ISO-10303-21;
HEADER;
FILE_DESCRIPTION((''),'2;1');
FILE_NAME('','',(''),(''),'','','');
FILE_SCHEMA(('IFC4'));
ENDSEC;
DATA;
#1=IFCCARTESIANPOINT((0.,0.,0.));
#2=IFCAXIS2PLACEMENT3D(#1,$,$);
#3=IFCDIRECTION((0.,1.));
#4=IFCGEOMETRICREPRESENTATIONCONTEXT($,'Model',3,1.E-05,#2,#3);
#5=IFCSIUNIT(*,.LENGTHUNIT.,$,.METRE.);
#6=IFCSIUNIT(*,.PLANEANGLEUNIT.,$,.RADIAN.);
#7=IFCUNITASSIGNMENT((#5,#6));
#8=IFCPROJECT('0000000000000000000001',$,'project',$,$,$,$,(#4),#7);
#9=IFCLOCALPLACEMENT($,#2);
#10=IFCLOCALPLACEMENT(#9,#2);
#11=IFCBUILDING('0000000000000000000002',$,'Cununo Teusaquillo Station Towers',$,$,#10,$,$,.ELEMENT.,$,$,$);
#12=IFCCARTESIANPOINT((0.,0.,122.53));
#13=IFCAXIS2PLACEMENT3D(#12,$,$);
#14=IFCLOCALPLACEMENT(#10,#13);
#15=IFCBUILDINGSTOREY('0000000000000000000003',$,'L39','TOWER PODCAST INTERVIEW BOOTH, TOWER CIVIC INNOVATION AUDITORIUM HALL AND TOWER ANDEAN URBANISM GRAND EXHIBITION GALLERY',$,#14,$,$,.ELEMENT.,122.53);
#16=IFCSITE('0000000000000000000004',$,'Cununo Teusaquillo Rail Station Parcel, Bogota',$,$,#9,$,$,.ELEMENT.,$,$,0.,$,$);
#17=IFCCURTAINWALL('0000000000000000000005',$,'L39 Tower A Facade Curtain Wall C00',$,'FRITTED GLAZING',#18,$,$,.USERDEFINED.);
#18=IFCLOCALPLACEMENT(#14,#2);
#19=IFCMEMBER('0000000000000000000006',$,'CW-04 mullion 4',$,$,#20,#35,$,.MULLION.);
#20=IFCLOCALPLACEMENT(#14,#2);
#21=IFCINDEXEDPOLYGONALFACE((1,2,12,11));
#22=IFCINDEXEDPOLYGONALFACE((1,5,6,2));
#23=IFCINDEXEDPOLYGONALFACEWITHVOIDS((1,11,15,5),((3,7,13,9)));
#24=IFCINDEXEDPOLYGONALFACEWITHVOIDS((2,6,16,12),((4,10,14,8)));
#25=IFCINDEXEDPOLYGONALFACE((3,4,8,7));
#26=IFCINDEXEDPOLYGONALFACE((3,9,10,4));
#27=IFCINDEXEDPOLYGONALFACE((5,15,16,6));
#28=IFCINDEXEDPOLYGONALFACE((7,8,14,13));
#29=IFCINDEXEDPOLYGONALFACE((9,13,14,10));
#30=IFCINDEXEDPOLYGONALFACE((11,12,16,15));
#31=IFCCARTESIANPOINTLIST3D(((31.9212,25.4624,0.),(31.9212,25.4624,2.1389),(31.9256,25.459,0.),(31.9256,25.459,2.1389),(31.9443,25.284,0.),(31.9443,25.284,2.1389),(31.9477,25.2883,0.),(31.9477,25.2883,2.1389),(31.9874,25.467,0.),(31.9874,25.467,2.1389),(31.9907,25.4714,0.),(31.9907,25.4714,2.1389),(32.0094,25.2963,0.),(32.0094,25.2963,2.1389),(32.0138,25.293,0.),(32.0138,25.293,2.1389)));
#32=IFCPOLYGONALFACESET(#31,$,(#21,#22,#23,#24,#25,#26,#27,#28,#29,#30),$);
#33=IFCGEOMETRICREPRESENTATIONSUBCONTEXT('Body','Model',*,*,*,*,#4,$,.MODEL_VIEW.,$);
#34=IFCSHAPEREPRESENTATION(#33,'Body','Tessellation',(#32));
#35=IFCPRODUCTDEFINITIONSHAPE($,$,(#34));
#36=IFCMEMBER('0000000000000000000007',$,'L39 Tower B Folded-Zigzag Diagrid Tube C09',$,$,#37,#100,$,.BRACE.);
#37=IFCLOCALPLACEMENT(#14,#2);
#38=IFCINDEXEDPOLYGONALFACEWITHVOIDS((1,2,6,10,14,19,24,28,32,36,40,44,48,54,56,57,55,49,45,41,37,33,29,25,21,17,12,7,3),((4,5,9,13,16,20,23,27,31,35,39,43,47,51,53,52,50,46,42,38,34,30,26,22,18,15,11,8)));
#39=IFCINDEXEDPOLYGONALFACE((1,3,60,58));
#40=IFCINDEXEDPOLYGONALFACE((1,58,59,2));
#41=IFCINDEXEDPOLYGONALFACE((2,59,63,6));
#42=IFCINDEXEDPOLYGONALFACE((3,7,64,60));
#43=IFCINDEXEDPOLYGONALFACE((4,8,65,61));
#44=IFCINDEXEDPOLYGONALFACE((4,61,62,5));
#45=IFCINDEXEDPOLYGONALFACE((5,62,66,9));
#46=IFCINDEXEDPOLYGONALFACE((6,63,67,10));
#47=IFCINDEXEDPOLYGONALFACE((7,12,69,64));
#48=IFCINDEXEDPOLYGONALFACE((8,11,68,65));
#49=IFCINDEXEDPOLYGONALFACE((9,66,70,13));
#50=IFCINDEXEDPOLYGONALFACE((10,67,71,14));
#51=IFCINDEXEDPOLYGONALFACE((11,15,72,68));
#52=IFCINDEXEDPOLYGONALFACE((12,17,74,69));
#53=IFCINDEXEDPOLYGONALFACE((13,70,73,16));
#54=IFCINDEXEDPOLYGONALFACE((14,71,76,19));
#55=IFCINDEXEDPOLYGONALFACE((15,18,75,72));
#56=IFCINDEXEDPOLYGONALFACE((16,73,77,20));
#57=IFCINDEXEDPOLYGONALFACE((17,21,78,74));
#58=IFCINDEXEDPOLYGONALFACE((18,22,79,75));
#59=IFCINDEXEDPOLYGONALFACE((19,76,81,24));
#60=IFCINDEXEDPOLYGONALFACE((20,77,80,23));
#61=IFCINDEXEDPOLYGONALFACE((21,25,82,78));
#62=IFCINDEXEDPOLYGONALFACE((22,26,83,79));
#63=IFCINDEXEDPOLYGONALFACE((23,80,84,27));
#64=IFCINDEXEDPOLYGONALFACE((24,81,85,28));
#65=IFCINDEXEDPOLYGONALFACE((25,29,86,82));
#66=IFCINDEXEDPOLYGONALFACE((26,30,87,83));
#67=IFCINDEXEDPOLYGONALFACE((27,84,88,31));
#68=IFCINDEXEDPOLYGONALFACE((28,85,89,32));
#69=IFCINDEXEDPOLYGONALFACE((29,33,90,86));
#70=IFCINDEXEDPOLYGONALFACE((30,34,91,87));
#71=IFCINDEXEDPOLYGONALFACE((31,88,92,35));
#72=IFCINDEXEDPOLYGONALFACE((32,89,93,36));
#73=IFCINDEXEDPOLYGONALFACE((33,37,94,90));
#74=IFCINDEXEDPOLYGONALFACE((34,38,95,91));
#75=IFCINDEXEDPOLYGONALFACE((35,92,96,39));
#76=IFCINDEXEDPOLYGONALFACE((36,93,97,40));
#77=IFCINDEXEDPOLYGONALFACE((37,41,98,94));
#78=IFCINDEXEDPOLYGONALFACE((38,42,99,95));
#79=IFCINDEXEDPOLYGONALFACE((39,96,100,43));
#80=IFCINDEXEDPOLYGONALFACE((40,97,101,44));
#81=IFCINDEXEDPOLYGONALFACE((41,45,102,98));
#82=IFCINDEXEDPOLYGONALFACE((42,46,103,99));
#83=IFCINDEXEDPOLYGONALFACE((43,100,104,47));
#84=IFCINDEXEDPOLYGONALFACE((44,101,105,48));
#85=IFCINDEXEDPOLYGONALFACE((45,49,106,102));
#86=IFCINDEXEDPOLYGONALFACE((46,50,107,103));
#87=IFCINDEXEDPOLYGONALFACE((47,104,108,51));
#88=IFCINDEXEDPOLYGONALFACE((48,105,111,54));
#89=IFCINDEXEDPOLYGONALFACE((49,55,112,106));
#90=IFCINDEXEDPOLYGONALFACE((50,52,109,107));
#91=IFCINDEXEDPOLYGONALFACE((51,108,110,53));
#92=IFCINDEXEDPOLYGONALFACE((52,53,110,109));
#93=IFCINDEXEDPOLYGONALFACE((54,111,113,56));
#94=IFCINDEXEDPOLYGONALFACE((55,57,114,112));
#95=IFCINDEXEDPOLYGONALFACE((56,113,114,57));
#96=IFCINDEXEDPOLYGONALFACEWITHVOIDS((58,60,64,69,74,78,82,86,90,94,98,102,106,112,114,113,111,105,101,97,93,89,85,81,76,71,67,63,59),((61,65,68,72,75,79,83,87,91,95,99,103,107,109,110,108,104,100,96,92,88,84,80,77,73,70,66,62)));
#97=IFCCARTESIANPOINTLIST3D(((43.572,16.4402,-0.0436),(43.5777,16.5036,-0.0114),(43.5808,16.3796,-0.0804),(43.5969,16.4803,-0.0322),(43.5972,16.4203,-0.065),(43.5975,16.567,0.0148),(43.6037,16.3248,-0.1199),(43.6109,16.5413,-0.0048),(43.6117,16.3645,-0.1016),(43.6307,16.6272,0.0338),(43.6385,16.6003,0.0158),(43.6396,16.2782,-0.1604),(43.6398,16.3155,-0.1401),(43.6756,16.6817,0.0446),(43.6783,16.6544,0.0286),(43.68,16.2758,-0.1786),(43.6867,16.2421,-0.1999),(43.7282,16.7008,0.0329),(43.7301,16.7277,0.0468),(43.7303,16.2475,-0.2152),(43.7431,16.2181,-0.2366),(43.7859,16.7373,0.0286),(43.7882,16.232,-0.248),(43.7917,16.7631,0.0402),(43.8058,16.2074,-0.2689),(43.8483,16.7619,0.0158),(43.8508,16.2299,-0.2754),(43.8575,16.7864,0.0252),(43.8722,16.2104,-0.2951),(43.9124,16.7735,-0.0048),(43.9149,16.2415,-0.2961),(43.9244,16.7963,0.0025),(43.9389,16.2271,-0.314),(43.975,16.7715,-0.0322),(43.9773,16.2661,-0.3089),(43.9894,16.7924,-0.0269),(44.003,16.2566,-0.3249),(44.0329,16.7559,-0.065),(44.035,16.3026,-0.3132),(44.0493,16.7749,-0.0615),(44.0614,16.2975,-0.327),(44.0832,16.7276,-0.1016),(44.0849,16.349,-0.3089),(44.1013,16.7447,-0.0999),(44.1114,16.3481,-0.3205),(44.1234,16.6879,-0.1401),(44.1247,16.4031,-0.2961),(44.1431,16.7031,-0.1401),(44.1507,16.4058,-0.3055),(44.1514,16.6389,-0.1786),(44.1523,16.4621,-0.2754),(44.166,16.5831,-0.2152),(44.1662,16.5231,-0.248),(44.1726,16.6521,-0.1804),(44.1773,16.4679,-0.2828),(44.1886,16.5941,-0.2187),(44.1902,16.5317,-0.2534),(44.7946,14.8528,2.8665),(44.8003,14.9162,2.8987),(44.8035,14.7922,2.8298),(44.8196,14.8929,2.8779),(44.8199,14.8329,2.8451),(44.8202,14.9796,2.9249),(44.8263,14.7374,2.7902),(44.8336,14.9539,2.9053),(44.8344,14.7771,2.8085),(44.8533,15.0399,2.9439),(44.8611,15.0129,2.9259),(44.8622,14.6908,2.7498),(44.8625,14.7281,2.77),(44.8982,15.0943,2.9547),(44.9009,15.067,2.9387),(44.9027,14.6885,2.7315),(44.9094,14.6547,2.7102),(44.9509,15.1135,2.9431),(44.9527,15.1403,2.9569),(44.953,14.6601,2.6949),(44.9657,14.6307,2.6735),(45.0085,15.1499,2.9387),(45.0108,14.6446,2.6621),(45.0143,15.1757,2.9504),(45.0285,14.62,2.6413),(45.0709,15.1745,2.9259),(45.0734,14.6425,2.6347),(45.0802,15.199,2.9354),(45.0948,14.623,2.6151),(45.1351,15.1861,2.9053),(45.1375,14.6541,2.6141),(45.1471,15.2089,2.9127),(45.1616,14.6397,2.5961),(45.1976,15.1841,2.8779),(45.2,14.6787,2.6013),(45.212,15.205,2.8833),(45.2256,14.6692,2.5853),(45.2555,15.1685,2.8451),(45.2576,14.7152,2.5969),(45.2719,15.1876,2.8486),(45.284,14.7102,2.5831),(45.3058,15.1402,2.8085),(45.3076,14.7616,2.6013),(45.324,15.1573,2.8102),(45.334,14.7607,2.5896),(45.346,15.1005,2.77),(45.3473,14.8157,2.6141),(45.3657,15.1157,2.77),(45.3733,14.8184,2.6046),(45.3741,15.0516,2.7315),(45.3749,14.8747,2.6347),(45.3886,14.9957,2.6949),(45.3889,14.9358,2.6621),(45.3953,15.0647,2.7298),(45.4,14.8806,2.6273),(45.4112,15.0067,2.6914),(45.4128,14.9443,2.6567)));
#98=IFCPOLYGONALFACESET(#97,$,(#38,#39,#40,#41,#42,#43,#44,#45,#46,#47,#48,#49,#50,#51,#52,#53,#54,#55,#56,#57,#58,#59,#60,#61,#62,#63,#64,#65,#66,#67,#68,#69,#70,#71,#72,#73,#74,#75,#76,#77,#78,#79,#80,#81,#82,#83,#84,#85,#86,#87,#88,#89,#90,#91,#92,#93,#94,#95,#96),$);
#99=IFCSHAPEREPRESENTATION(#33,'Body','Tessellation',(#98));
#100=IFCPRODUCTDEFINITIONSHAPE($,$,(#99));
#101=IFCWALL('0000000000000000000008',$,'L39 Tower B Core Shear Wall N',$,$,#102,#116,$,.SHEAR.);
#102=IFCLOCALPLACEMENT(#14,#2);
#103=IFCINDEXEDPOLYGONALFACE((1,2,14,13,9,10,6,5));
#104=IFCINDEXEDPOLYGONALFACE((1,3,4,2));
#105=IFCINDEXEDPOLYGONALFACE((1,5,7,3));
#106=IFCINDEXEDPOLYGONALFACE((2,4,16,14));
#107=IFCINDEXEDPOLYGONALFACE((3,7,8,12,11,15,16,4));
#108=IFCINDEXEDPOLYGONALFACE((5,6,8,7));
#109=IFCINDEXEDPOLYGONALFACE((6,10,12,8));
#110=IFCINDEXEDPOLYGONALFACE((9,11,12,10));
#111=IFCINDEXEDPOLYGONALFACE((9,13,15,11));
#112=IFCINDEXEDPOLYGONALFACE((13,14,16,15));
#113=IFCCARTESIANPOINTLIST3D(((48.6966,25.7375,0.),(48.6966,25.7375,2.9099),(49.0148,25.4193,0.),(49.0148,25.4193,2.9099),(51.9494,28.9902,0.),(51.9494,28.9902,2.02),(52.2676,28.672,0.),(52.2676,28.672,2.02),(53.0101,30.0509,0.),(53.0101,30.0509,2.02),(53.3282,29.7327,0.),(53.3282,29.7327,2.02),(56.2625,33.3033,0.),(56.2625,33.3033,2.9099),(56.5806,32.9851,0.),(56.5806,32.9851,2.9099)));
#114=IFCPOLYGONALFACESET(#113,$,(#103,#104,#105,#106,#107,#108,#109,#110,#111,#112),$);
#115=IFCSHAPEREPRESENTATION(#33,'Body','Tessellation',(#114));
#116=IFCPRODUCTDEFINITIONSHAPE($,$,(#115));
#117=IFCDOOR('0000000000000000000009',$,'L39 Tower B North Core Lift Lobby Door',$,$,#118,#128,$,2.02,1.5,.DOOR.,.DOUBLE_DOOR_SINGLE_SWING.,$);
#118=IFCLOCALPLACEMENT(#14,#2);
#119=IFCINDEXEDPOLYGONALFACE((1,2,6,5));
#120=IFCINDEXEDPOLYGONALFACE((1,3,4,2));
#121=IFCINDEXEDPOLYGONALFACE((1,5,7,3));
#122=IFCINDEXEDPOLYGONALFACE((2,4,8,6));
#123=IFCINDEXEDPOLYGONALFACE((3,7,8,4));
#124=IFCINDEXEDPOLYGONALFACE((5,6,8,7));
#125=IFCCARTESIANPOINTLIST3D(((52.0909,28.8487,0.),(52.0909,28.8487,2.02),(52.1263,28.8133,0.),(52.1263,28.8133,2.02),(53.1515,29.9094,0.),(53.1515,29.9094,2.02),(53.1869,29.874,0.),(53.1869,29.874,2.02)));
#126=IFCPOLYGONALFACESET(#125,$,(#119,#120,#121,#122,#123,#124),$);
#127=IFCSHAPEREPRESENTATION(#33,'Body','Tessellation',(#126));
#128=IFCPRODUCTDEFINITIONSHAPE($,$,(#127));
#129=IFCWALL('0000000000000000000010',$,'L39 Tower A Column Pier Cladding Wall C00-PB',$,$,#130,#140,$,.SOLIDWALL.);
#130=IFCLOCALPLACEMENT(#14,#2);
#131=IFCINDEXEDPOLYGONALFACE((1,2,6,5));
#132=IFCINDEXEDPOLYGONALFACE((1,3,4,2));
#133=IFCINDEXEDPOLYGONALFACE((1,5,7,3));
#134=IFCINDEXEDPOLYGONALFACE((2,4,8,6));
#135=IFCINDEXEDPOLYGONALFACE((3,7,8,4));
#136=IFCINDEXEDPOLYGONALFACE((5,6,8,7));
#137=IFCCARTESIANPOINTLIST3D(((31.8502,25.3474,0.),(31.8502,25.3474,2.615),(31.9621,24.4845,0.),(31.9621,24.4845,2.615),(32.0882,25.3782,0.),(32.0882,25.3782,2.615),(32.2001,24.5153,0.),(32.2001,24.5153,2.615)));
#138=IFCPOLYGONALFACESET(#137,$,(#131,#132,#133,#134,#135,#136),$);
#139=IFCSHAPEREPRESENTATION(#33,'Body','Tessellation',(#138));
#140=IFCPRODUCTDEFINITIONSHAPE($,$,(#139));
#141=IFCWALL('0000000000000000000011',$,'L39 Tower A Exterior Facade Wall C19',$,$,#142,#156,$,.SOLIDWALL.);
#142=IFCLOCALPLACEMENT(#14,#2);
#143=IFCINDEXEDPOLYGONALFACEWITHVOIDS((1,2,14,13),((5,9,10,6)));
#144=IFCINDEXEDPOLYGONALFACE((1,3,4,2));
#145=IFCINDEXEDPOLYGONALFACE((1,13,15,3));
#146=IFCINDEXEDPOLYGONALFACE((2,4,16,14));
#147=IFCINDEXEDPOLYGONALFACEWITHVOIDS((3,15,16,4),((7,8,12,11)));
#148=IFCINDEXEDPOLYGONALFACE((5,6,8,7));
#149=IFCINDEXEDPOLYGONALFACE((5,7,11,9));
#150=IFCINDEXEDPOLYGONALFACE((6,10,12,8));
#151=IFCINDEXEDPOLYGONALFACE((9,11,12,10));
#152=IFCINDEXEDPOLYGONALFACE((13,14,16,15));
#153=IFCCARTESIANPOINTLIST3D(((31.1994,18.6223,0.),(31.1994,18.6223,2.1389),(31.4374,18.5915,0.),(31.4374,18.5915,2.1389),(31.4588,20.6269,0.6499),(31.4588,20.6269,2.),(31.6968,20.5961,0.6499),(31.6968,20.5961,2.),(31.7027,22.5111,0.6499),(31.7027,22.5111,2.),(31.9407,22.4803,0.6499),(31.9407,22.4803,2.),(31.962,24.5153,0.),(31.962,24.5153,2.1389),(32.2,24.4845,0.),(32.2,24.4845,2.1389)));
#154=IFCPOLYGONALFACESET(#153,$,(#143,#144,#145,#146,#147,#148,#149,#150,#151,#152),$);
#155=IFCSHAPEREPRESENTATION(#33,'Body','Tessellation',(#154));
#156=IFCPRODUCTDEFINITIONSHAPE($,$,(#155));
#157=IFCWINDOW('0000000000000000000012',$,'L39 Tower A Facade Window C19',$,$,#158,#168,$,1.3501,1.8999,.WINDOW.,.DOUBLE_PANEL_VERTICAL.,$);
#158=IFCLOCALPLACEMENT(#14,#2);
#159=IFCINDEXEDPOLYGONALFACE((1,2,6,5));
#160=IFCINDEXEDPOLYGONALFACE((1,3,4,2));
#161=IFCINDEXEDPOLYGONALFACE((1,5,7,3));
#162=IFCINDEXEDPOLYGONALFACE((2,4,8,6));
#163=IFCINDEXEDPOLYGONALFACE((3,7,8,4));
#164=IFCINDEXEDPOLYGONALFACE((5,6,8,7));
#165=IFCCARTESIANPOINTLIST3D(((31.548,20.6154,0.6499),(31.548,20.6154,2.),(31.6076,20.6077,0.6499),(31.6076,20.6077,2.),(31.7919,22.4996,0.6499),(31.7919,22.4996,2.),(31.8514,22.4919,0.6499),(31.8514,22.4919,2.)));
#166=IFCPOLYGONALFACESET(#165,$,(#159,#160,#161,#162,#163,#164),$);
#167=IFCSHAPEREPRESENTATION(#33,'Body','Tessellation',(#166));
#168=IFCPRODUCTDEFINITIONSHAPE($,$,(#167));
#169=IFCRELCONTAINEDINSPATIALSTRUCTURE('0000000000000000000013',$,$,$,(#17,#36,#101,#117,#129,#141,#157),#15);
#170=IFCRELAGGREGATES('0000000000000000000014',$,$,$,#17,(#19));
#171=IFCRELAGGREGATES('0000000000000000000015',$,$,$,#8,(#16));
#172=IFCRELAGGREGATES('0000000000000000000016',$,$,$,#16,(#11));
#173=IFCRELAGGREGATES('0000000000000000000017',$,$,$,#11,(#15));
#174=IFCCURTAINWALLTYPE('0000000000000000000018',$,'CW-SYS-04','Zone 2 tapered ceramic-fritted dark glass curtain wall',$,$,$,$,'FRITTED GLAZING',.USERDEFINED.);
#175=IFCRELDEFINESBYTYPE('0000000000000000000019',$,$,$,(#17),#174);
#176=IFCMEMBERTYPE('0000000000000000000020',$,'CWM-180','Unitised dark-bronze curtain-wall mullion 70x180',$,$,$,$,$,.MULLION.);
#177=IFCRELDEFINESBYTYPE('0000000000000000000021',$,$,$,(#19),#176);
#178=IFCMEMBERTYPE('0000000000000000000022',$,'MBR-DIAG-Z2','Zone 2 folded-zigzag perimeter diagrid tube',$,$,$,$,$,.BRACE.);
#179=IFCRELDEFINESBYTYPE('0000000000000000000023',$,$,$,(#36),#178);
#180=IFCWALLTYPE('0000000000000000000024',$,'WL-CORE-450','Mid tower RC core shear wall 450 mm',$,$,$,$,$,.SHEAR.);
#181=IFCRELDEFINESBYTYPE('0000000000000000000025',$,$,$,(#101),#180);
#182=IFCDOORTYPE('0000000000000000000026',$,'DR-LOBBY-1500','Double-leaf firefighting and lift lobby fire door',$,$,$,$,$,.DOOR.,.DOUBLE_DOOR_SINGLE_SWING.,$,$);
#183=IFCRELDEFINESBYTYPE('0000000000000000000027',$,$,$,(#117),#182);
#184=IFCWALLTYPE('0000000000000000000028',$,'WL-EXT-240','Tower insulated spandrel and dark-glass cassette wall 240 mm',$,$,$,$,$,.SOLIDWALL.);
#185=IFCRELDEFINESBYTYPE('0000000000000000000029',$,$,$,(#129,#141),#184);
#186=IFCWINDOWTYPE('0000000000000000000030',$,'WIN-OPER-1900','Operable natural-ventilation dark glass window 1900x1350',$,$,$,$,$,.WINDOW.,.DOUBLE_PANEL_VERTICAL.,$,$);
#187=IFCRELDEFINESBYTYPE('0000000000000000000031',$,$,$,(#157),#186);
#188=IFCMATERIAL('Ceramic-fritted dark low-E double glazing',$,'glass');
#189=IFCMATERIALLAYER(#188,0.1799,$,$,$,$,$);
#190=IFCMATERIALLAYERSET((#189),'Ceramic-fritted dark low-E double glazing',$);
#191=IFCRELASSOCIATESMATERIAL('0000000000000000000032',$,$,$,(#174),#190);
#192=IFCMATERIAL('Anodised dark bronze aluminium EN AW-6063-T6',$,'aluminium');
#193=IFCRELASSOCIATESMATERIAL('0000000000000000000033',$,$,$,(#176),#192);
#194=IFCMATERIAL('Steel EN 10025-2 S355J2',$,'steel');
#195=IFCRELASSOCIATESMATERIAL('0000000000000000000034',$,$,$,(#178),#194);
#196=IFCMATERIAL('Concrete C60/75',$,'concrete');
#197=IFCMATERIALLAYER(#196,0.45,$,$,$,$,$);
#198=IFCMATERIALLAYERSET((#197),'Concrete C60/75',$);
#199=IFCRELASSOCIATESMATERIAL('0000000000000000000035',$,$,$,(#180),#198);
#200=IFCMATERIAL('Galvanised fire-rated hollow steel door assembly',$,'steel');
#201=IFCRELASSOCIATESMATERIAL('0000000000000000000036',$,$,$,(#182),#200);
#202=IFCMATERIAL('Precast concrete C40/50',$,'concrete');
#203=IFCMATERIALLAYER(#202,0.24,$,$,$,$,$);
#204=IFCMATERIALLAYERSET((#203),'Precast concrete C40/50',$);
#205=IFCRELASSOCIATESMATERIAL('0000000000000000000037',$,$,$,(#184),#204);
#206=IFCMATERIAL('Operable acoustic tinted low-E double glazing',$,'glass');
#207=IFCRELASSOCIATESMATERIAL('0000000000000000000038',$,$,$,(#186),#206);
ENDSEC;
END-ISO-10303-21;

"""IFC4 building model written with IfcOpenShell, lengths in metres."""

from ifc_helpers import new_model, si_unit, direction, frame, frame_2d, origin, origin_2d, place, context, subcontext, project, spatial, rectangle, hollow_rectangle, hollow_circle, extrude, source, transform, mapped, material, layer, layer_set, material_profile, profile_set, type_object, element, fill, aggregate, save


model = new_model("IFC4")

# Units and contexts
model_context = context("Model", 3, precision=1e-05, world=origin(), true_north=direction((0.0, 1.0)))
body_context = subcontext(model_context, "Body", "Model", "MODEL_VIEW")
ifc_project = project(units=[si_unit("LENGTHUNIT", "METRE"), si_unit("PLANEANGLEUNIT", "RADIAN")], contexts=[model_context])

# Site, building, storey
site_placement = place(None, origin())
site = spatial("IfcSite", under=ifc_project, at=site_placement, Name="Cununo Teusaquillo Rail Station Parcel, Bogota", CompositionType="ELEMENT", RefElevation=0.0)
building_placement = place(site_placement, origin())
building = spatial("IfcBuilding", under=site, at=building_placement, Name="Cununo Teusaquillo Station Towers", CompositionType="ELEMENT")
storey_placement = place(building_placement, frame((0.0, 0.0, 122.53)))
storey = spatial("IfcBuildingStorey", under=building, at=storey_placement, Name="L39", Description="TOWER PODCAST INTERVIEW BOOTH, TOWER CIVIC INNOVATION AUDITORIUM HALL AND TOWER ANDEAN URBANISM GRAND EXHIBITION GALLERY", CompositionType="ELEMENT", Elevation=122.53)

# Curtain wall, member
ifc_material_1 = material(Name="Ceramic-fritted dark low-E double glazing", Category="glass")
ifc_layer_1 = layer(ifc_material_1, 0.1799)
ifc_layer_set_1 = layer_set([ifc_layer_1], Name="Ceramic-fritted dark low-E double glazing")
curtain_wall_type = type_object("IfcCurtainWallType", Name="CW-SYS-04", Description="Zone 2 tapered ceramic-fritted dark glass curtain wall", ElementType="FRITTED GLAZING", PredefinedType="USERDEFINED", material=ifc_layer_set_1)
curtain_wall_placement = place(storey_placement, origin())
curtain_wall = element("IfcCurtainWall", 1, at=curtain_wall_placement, inside=storey, type_object=curtain_wall_type, Name="L39 Tower A Facade Curtain Wall C00", ObjectType="FRITTED GLAZING", PredefinedType="USERDEFINED")
ifc_material_2 = material(Name="Anodised dark bronze aluminium EN AW-6063-T6", Category="aluminium")
ifc_material_profile_1 = material_profile(ifc_material_2, hollow_rectangle(XDim=0.0701, YDim=0.1799, WallThickness=0.0039, at=origin_2d()), Name="CW-MULL-70x180")
ifc_profile_set_1 = profile_set([ifc_material_profile_1], Name="Anodised dark bronze aluminium EN AW-6063-T6")
member_type_1 = type_object("IfcMemberType", Name="CWM-180", Description="Unitised dark-bronze curtain-wall mullion 70x180", PredefinedType="MULLION", material=ifc_profile_set_1)
member_1_placement = place(storey_placement, frame((31.9675, 25.3777, 0.0), z_axis=(0.0, 0.0, 1.0), x_axis=(0.991731, 0.128336, 0.0)))
member_1 = element("IfcMember", 2, at=member_1_placement, type_object=member_type_1, Name="CW-04 mullion 4", PredefinedType="MULLION", context=body_context, shape_type="SweptSolid", body=[
    extrude(hollow_rectangle(XDim=0.0701, YDim=0.1799, WallThickness=0.0039, at=origin_2d()), origin(), (0.0, 0.0, 1.0), 2.1389),
])
aggregate(curtain_wall, [member_1])

# Member
ifc_material_3 = material(Name="Steel EN 10025-2 S355J2", Category="steel")
ifc_material_profile_2 = material_profile(ifc_material_3, hollow_circle(Radius=0.3301, WallThickness=0.0249, at=origin_2d()), Name="CHS 660x25")
ifc_profile_set_2 = profile_set([ifc_material_profile_2], Name="Steel EN 10025-2 S355J2")
member_type_2 = type_object("IfcMemberType", Name="MBR-DIAG-Z2", Description="Zone 2 folded-zigzag perimeter diagrid tube", PredefinedType="BRACE", material=ifc_profile_set_2)
member_2_placement = place(storey_placement, frame((43.8816, 16.5017, -0.1401), z_axis=(0.346044, -0.449277, 0.823652), x_axis=(0.792243, 0.610205, 0.0)))
element("IfcMember", 3, at=member_2_placement, inside=storey, type_object=member_type_2, Name="L39 Tower B Folded-Zigzag Diagrid Tube C09", PredefinedType="BRACE", context=body_context, shape_type="SweptSolid", body=[
    extrude(hollow_circle(Radius=0.3301, WallThickness=0.0249, at=origin_2d()), origin(), (0.0, 0.0, 1.0), 3.5332),
])

# Wall, opening, door
ifc_material_4 = material(Name="Concrete C60/75", Category="concrete")
ifc_layer_2 = layer(ifc_material_4, 0.45)
ifc_layer_set_2 = layer_set([ifc_layer_2], Name="Concrete C60/75")
wall_type_1 = type_object("IfcWallType", Name="WL-CORE-450", Description="Mid tower RC core shear wall 450 mm", PredefinedType="SHEAR", material=ifc_layer_set_2)
wall_1_placement = place(storey_placement, frame((48.8557, 25.5784, 0.0), z_axis=(0.0, 0.0, 1.0), x_axis=(0.707107, 0.707107, 0.0)))
wall_1 = element("IfcWall", 4, at=wall_1_placement, inside=storey, type_object=wall_type_1, Name="L39 Tower B Core Shear Wall N", PredefinedType="SHEAR", context=body_context, shape_type="SweptSolid", body=[
    extrude(rectangle(XDim=10.6997, YDim=0.45, at=frame_2d((5.3499, 0.0))), origin(), (0.0, 0.0, 1.0), 2.9099),
])
shared_shape_1 = source(origin(), body_context, "Body", "SweptSolid", [
    extrude(rectangle(XDim=1.5, YDim=2.02, at=frame_2d((0.75, 1.01))), frame((0.0, 0.2349, 0.0), z_axis=(0.0, -1.0, 0.0), x_axis=(1.0, 0.0, 0.0)), (0.0, 0.0, 1.0), 0.47),
])
opening_1_placement = place(wall_1_placement, frame((4.6001, 0.0, 0.0)))
opening_1 = element("IfcOpeningElement", 5, at=opening_1_placement, cuts=wall_1, PredefinedType="OPENING", context=body_context, shape_type="MappedRepresentation", body=[
    mapped(shared_shape_1, transform((0.0, 0.0, 0.0), x_axis=(1.0, 0.0, 0.0), y_axis=(0.0, 1.0, 0.0), z_axis=(0.0, 0.0, 1.0), scale=1.0)),
])
ifc_material_5 = material(Name="Galvanised fire-rated hollow steel door assembly", Category="steel")
door_type = type_object("IfcDoorType", Name="DR-LOBBY-1500", Description="Double-leaf firefighting and lift lobby fire door", OperationType="DOUBLE_DOOR_SINGLE_SWING", PredefinedType="DOOR", material=ifc_material_5)
shared_shape_2 = source(origin(), body_context, "Body", "SweptSolid", [
    extrude(rectangle(XDim=1.5, YDim=2.02, at=frame_2d((0.75, 1.01))), frame((0.0, 0.0249, 0.0), z_axis=(0.0, -1.0, 0.0), x_axis=(1.0, 0.0, 0.0)), (0.0, 0.0, 1.0), 0.05),
])
door_placement = place(opening_1_placement, origin())
door = element("IfcDoor", 6, at=door_placement, inside=storey, type_object=door_type, Name="L39 Tower B North Core Lift Lobby Door", OperationType="DOUBLE_DOOR_SINGLE_SWING", OverallHeight=2.02, OverallWidth=1.5, PredefinedType="DOOR", context=body_context, shape_type="MappedRepresentation", body=[
    mapped(shared_shape_2, transform((0.0, 0.0, 0.0), x_axis=(1.0, 0.0, 0.0), y_axis=(0.0, 1.0, 0.0), z_axis=(0.0, 0.0, 1.0), scale=1.0)),
])
fill(opening_1, door)

# Wall
ifc_material_6 = material(Name="Precast concrete C40/50", Category="concrete")
ifc_layer_3 = layer(ifc_material_6, 0.24)
ifc_layer_set_3 = layer_set([ifc_layer_3], Name="Precast concrete C40/50")
wall_type_2 = type_object("IfcWallType", Name="WL-EXT-240", Description="Tower insulated spandrel and dark-glass cassette wall 240 mm", PredefinedType="SOLIDWALL", material=ifc_layer_set_3)
wall_2_placement = place(storey_placement, frame((31.9692, 25.3628, 0.0), z_axis=(0.0, 0.0, 1.0), x_axis=(0.128523, -0.991706, 0.0)))
element("IfcWall", 7, at=wall_2_placement, inside=storey, type_object=wall_type_2, Name="L39 Tower A Column Pier Cladding Wall C00-PB", PredefinedType="SOLIDWALL", context=body_context, shape_type="SweptSolid", body=[
    extrude(rectangle(XDim=0.8701, YDim=0.24, at=frame_2d((0.4351, 0.0))), origin(), (0.0, 0.0, 1.0), 2.615),
])

# Wall, opening, window
wall_3_placement = place(storey_placement, frame((32.0811, 24.5, 0.0), z_axis=(0.0, 0.0, 1.0), x_axis=(-0.128352, -0.991729, 0.0)))
wall_3 = element("IfcWall", 8, at=wall_3_placement, inside=storey, type_object=wall_type_2, Name="L39 Tower A Exterior Facade Wall C19", PredefinedType="SOLIDWALL", context=body_context, shape_type="SweptSolid", body=[
    extrude(rectangle(XDim=5.9421, YDim=0.24, at=frame_2d((2.9712, 0.0))), origin(), (0.0, 0.0, 1.0), 2.1389),
])
shared_shape_3 = source(origin(), body_context, "Body", "SweptSolid", [
    extrude(rectangle(XDim=1.8999, YDim=1.3501, at=frame_2d((0.95, 0.675))), frame((0.0, 0.1299, 0.0), z_axis=(0.0, -1.0, 0.0), x_axis=(1.0, 0.0, 0.0)), (0.0, 0.0, 1.0), 0.26),
])
opening_2_placement = place(wall_3_placement, frame((2.021, 0.0, 0.6499)))
opening_2 = element("IfcOpeningElement", 9, at=opening_2_placement, cuts=wall_3, PredefinedType="OPENING", context=body_context, shape_type="MappedRepresentation", body=[
    mapped(shared_shape_3, transform((0.0, 0.0, 0.0), x_axis=(1.0, 0.0, 0.0), y_axis=(0.0, 1.0, 0.0), z_axis=(0.0, 0.0, 1.0), scale=1.0)),
])
ifc_material_7 = material(Name="Operable acoustic tinted low-E double glazing", Category="glass")
window_type = type_object("IfcWindowType", Name="WIN-OPER-1900", Description="Operable natural-ventilation dark glass window 1900x1350", PartitioningType="DOUBLE_PANEL_VERTICAL", PredefinedType="WINDOW", material=ifc_material_7)
shared_shape_4 = source(origin(), body_context, "Body", "SweptSolid", [
    extrude(rectangle(XDim=1.8999, YDim=1.3501, at=frame_2d((0.95, 0.675))), frame((0.0, 0.03, 0.0), z_axis=(0.0, -1.0, 0.0), x_axis=(1.0, 0.0, 0.0)), (0.0, 0.0, 1.0), 0.0601),
])
window_1_placement = place(opening_2_placement, origin())
window_1 = element("IfcWindow", 10, at=window_1_placement, inside=storey, type_object=window_type, Name="L39 Tower A Facade Window C19", OverallHeight=1.3501, OverallWidth=1.8999, PartitioningType="DOUBLE_PANEL_VERTICAL", PredefinedType="WINDOW", context=body_context, shape_type="MappedRepresentation", body=[
    mapped(shared_shape_4, transform((0.0, 0.0, 0.0), x_axis=(1.0, 0.0, 0.0), y_axis=(0.0, 1.0, 0.0), z_axis=(0.0, 0.0, 1.0), scale=1.0)),
])
fill(opening_2, window_1)

save(model, "model.ifc")
